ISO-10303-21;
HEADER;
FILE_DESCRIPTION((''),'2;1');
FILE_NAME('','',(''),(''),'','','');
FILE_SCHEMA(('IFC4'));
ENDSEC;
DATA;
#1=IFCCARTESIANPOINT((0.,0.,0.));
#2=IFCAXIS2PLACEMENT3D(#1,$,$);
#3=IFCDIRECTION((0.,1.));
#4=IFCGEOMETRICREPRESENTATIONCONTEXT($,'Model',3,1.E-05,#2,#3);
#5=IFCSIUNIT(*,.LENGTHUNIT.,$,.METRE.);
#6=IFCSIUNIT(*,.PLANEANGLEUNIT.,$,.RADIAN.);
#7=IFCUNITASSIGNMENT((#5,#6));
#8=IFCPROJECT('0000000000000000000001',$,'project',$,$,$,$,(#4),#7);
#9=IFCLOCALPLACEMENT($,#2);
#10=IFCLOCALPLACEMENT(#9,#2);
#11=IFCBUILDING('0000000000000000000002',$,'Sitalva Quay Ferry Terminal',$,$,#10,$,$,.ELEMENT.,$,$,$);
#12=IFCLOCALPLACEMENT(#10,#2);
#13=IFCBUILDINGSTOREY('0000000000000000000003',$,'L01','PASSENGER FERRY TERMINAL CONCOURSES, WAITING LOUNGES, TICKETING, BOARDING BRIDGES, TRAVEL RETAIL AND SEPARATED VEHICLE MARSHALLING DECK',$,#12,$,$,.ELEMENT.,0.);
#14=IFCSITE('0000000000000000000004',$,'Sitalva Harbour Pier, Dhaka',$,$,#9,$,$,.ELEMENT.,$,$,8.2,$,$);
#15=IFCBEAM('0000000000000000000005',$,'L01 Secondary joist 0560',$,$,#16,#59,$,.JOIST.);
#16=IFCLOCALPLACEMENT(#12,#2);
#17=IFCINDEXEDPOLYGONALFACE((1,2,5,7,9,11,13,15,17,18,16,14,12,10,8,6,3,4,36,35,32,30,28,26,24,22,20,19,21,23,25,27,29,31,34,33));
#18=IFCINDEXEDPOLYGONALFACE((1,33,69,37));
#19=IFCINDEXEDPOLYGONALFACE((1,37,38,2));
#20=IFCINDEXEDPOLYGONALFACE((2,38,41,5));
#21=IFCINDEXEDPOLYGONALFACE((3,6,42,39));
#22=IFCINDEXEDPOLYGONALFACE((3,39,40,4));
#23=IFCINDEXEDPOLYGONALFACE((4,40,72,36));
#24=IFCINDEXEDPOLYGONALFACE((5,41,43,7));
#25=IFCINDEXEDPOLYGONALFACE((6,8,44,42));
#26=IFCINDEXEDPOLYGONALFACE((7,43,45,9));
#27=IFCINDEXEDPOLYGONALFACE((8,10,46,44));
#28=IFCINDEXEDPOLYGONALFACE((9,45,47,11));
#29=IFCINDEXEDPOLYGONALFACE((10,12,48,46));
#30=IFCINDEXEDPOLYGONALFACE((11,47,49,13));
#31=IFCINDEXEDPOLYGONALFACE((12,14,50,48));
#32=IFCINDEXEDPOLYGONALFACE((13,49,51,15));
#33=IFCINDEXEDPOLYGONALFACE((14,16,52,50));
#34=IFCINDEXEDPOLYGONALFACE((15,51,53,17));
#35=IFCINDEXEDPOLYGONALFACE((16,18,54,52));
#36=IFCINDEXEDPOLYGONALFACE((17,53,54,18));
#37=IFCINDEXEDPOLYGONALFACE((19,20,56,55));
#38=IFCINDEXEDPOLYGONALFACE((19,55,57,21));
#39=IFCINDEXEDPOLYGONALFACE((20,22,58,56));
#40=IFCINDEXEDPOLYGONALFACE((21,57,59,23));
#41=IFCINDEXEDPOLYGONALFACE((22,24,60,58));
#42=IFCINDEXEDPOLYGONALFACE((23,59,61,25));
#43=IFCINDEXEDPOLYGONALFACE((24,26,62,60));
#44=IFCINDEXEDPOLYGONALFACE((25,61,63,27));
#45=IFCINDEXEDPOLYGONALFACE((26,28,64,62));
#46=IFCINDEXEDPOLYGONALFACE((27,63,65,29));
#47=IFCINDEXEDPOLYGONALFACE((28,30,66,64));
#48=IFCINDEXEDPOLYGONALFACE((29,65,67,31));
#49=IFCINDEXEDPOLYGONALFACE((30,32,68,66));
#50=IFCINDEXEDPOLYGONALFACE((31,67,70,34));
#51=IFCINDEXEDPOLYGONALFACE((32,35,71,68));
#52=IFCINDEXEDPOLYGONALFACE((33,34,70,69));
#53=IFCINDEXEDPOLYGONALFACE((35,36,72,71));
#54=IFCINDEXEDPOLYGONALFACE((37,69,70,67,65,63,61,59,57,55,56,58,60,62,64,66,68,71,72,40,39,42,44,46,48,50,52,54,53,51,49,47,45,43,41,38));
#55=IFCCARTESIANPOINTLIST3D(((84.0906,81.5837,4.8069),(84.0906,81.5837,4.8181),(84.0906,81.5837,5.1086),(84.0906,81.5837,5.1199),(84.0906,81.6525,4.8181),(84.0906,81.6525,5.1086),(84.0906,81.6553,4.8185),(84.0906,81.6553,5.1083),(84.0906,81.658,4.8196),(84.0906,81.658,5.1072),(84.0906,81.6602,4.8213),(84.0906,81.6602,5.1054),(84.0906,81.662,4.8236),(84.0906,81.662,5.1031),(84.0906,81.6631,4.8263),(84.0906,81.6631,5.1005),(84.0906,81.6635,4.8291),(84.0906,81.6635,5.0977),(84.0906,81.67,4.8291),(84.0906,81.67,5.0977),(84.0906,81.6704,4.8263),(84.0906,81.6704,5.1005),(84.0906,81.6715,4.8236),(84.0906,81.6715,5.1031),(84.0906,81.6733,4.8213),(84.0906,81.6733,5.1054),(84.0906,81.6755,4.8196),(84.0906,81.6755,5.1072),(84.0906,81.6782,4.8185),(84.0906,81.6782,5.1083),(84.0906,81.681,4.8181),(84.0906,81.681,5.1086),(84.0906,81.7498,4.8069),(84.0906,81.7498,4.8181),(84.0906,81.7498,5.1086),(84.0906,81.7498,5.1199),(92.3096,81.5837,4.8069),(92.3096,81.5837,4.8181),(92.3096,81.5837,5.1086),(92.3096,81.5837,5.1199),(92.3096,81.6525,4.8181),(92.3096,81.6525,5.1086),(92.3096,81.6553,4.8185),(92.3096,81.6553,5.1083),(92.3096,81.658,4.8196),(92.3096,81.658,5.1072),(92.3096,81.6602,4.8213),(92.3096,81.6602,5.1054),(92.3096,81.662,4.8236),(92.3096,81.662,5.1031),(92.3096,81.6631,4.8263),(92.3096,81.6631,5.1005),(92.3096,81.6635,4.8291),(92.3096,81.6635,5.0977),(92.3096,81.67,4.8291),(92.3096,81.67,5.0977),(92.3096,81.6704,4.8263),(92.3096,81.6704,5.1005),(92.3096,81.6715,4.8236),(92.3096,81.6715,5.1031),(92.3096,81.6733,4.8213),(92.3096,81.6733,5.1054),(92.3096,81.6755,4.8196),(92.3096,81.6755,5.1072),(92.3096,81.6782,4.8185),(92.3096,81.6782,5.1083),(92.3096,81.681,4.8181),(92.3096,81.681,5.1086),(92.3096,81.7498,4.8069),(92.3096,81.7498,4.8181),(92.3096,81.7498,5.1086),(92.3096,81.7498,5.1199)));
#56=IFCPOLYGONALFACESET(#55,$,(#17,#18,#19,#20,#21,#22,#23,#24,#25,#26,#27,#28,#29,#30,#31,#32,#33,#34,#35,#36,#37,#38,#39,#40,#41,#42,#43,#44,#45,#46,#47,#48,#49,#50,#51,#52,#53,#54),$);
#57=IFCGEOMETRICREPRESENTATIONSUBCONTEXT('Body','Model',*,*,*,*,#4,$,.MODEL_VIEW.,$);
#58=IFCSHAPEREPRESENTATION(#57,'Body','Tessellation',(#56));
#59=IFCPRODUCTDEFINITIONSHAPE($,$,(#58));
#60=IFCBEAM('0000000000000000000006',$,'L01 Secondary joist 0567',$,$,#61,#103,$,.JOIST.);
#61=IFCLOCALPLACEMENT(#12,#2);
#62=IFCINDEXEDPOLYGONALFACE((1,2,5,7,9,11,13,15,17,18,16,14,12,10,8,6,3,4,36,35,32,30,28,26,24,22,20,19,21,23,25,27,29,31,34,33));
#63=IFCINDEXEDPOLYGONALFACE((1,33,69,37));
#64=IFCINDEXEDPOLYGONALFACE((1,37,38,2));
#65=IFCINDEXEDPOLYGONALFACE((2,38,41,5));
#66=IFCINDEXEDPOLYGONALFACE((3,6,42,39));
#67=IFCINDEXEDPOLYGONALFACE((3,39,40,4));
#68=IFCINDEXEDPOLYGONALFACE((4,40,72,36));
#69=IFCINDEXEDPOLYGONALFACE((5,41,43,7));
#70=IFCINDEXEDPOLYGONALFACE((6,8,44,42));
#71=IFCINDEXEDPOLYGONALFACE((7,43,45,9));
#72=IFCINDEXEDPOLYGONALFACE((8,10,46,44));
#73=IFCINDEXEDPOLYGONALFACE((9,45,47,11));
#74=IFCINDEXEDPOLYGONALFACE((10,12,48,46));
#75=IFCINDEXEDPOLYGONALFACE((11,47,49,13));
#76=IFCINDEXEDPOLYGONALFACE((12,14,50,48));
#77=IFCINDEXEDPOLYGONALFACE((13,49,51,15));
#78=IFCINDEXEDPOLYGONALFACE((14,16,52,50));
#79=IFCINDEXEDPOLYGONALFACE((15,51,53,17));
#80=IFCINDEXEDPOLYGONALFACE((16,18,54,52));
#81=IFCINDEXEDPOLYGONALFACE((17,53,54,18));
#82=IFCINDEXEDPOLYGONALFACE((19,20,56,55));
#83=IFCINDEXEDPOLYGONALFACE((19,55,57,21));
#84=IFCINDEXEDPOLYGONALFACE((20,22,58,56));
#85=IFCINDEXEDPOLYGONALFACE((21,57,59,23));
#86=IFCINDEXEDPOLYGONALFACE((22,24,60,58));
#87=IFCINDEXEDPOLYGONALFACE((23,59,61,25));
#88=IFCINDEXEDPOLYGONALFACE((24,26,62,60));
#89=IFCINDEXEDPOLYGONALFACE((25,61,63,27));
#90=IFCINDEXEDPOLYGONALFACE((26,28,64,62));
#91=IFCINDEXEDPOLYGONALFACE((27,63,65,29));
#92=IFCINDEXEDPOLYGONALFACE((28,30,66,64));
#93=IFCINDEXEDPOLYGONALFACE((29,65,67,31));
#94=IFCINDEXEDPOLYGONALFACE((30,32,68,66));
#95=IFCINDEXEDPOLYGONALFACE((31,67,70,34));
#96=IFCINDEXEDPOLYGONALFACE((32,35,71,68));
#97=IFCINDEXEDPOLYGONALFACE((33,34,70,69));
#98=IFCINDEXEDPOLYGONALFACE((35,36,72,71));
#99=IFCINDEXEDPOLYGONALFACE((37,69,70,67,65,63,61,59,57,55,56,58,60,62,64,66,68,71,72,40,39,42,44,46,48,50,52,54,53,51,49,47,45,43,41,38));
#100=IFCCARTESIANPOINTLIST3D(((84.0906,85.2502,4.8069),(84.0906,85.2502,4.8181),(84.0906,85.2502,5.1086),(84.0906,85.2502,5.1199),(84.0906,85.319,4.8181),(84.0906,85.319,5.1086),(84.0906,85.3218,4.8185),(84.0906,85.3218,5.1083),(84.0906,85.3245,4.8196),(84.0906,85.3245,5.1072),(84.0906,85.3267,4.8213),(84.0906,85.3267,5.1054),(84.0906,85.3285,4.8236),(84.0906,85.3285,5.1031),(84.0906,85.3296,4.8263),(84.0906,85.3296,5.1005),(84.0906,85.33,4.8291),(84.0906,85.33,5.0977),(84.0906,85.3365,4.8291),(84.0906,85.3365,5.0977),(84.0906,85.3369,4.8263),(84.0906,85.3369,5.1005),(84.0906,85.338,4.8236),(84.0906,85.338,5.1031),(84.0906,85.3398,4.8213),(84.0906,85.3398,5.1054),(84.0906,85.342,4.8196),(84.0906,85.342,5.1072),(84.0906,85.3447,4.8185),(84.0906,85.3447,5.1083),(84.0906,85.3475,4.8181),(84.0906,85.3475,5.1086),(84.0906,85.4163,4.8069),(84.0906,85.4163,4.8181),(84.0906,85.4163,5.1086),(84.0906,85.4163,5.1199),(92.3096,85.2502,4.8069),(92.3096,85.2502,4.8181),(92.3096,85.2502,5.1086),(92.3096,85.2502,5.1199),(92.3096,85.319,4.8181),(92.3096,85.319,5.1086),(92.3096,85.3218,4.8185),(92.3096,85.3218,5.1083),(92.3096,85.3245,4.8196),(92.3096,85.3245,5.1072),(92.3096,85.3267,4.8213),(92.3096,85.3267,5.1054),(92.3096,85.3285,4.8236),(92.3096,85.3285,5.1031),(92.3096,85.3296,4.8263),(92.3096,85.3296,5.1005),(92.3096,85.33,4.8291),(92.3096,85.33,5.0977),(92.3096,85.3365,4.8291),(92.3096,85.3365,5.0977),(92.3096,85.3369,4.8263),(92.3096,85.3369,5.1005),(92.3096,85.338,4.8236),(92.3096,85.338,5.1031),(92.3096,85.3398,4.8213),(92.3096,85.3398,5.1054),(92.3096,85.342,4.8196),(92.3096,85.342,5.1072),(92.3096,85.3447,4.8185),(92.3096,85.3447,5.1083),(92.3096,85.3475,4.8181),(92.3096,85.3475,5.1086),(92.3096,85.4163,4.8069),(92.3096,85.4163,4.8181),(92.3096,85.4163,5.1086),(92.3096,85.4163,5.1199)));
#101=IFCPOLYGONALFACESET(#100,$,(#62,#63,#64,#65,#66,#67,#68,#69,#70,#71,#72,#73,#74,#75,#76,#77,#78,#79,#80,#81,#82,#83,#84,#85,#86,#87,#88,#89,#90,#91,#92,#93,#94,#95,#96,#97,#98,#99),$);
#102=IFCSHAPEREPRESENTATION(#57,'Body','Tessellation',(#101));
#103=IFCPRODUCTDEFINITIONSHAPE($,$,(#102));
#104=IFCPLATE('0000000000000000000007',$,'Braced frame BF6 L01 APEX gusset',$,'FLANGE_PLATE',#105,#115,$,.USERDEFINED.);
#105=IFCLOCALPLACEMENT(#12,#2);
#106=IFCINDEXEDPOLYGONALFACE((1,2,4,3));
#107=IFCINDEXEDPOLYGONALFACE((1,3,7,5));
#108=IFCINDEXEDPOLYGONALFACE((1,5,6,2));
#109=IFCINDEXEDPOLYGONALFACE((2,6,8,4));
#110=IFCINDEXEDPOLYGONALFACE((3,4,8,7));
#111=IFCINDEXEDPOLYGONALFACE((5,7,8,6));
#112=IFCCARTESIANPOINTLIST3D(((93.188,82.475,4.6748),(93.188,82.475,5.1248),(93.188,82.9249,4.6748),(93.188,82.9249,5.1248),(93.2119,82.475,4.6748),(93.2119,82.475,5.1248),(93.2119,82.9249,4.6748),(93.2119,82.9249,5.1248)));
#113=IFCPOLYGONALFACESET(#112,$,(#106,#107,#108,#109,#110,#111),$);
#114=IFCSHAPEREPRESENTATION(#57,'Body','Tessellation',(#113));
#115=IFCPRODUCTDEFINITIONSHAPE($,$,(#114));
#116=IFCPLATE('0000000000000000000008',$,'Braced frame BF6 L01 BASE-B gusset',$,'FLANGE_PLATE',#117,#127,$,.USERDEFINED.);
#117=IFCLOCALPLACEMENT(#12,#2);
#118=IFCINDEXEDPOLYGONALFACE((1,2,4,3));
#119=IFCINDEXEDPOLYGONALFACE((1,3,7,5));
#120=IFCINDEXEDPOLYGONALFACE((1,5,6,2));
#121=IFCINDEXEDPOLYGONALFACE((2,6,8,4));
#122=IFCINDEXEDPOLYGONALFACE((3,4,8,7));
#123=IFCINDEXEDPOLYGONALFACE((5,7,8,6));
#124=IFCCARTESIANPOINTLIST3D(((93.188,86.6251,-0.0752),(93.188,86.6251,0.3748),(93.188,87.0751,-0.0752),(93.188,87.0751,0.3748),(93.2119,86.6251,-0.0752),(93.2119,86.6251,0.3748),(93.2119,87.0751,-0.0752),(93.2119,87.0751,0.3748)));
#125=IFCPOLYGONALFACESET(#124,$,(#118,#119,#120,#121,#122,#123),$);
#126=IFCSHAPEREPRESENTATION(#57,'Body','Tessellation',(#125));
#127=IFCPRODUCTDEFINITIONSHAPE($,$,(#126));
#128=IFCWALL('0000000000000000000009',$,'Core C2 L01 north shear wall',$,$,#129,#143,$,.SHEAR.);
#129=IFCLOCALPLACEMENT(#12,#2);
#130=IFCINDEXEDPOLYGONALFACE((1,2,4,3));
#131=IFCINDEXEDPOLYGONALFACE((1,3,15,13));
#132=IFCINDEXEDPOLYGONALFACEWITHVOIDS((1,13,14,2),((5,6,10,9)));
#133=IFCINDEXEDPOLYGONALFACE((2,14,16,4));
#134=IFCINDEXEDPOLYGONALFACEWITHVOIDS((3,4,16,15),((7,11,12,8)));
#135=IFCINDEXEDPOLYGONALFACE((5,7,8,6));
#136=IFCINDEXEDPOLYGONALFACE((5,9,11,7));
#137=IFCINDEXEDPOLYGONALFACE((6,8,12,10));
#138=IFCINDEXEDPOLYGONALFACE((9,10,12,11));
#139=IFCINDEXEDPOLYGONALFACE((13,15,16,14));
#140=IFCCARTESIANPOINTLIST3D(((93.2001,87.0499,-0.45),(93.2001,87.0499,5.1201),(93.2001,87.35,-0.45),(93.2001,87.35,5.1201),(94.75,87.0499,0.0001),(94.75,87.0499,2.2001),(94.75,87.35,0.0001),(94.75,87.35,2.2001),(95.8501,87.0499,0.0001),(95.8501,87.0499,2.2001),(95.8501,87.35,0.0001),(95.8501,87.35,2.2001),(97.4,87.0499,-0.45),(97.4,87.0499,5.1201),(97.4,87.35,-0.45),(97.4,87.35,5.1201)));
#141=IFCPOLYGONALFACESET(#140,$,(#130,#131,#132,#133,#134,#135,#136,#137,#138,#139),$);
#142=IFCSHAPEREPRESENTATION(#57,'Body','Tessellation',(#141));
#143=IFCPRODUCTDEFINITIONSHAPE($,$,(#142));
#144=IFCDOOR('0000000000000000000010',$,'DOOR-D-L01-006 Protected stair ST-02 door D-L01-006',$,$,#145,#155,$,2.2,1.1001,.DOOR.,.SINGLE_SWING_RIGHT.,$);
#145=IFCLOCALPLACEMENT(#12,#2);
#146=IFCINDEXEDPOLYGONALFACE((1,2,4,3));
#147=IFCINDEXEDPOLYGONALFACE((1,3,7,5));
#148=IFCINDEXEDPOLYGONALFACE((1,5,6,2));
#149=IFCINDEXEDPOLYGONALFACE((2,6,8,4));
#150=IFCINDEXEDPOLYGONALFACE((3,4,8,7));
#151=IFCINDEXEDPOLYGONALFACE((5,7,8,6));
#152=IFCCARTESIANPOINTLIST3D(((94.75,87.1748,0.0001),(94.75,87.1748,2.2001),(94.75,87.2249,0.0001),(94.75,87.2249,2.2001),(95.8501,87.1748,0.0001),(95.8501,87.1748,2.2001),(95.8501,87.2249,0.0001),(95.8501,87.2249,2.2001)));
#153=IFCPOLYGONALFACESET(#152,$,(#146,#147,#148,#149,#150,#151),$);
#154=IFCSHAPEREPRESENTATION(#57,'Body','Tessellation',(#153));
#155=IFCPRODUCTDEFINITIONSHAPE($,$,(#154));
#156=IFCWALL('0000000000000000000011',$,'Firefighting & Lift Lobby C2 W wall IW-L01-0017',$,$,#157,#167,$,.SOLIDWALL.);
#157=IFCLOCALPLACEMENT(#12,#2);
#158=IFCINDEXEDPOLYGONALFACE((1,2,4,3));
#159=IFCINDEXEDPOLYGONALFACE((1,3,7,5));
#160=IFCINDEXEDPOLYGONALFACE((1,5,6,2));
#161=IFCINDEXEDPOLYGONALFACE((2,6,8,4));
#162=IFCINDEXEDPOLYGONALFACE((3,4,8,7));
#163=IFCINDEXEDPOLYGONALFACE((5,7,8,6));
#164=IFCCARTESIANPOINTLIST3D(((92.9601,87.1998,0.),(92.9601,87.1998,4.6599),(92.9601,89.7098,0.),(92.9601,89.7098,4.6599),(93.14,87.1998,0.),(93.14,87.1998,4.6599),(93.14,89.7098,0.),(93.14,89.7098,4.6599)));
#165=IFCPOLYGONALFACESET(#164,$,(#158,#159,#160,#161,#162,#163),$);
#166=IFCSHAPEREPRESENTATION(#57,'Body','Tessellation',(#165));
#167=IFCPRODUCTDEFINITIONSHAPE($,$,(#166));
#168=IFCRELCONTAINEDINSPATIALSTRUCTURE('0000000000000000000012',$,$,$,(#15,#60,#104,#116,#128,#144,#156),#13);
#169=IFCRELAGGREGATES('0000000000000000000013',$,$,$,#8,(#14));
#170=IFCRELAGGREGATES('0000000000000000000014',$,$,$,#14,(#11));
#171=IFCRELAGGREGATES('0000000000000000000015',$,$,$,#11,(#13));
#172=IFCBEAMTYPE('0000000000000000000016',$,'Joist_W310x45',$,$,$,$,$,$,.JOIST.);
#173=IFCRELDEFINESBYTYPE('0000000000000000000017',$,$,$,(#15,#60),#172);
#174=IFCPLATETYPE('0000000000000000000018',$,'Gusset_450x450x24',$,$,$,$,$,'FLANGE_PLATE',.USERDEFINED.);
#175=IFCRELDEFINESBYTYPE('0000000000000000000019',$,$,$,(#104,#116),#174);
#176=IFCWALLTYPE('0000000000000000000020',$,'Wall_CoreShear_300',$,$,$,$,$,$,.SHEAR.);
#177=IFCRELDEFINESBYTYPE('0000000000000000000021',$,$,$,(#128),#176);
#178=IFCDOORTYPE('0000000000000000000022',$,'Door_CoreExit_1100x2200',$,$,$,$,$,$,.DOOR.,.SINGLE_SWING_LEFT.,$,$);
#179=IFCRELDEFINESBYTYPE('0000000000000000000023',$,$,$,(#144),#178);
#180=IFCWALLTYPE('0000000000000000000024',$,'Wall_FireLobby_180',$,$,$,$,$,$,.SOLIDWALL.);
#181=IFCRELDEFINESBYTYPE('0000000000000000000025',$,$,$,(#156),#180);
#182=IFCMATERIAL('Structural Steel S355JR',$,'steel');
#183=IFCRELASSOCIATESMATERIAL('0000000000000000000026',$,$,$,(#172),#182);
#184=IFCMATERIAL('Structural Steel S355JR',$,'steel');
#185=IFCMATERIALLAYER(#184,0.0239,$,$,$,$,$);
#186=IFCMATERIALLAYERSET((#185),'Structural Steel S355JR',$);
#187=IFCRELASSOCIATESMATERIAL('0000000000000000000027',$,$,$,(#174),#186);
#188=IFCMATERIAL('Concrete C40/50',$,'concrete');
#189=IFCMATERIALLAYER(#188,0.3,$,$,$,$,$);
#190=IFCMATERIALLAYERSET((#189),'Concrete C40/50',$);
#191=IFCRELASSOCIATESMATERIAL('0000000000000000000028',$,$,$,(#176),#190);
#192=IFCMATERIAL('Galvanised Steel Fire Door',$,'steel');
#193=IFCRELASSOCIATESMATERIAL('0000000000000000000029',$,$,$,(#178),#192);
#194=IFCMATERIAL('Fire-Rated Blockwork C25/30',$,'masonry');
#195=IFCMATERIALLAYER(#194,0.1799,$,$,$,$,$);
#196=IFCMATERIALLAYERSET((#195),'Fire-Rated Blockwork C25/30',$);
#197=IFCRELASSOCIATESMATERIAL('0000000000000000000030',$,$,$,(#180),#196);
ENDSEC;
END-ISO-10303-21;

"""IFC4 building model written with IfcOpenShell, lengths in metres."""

from ifc_helpers import new_model, si_unit, direction, frame, frame_2d, origin, origin_2d, place, context, subcontext, project, spatial, rectangle, i_section, extrude, material, layer, layer_set, material_profile, profile_set, type_object, element, fill, save


model = new_model("IFC4")

# Units and contexts
model_context = context("Model", 3, precision=1e-05, world=origin(), true_north=direction((0.0, 1.0)))
body_context = subcontext(model_context, "Body", "Model", "MODEL_VIEW")
ifc_project = project(units=[si_unit("LENGTHUNIT", "METRE"), si_unit("PLANEANGLEUNIT", "RADIAN")], contexts=[model_context])

# Site, building, storey
site_placement = place(None, origin())
site = spatial("IfcSite", under=ifc_project, at=site_placement, Name="Sitalva Harbour Pier, Dhaka", CompositionType="ELEMENT", RefElevation=8.2)
building_placement = place(site_placement, origin())
building = spatial("IfcBuilding", under=site, at=building_placement, Name="Sitalva Quay Ferry Terminal", CompositionType="ELEMENT")
storey_placement = place(building_placement, origin())
storey = spatial("IfcBuildingStorey", under=building, at=storey_placement, Name="L01", Description="PASSENGER FERRY TERMINAL CONCOURSES, WAITING LOUNGES, TICKETING, BOARDING BRIDGES, TRAVEL RETAIL AND SEPARATED VEHICLE MARSHALLING DECK", CompositionType="ELEMENT", Elevation=0.0)

# Beams
ifc_material_1 = material(Name="Structural Steel S355JR", Category="steel")
ifc_material_profile_1 = material_profile(ifc_material_1, i_section(OverallWidth=0.166, OverallDepth=0.313, WebThickness=0.0066, FlangeThickness=0.0112, FilletRadius=0.011, at=origin_2d()), Name="W310x45")
ifc_profile_set_1 = profile_set([ifc_material_profile_1], Name="Structural Steel S355JR")
beam_type = type_object("IfcBeamType", Name="Joist_W310x45", PredefinedType="JOIST", material=ifc_profile_set_1)
for number, where, z_axis, x_axis, name in (
    (1, (84.0906, 81.6667, 4.9634), (1.0, 0.0, 0.0), (0.0, 1.0, 0.0), "L01 Secondary joist 0560"),
    (2, (84.0906, 85.3333, 4.9634), (1.0, 0.0, 0.0), (0.0, 1.0, 0.0), "L01 Secondary joist 0567"),
):
    element("IfcBeam", number, at=place(storey_placement, frame(where, z_axis=z_axis, x_axis=x_axis)), inside=storey, type_object=beam_type, Name=name, PredefinedType="JOIST", context=body_context, shape_type="SweptSolid", body=[
        extrude(i_section(OverallWidth=0.166, OverallDepth=0.313, WebThickness=0.0066, FlangeThickness=0.0112, FilletRadius=0.011, at=origin_2d()), origin(), (0.0, 0.0, 1.0), 8.219),
    ])

# Plates
ifc_material_2 = material(Name="Structural Steel S355JR", Category="steel")
ifc_layer_1 = layer(ifc_material_2, 0.0239)
ifc_layer_set_1 = layer_set([ifc_layer_1], Name="Structural Steel S355JR")
plate_type = type_object("IfcPlateType", Name="Gusset_450x450x24", ElementType="FLANGE_PLATE", PredefinedType="USERDEFINED", material=ifc_layer_set_1)
for number, where, z_axis, x_axis, name in (
    (3, (93.2, 82.7, 4.6748), (0.0, 0.0, 1.0), (1.0, 0.0, 0.0), "Braced frame BF6 L01 APEX gusset"),
    (4, (93.2, 86.8501, -0.0752), (0.0, 0.0, 1.0), (1.0, 0.0, 0.0), "Braced frame BF6 L01 BASE-B gusset"),
):
    element("IfcPlate", number, at=place(storey_placement, frame(where, z_axis=z_axis, x_axis=x_axis)), inside=storey, type_object=plate_type, Name=name, ObjectType="FLANGE_PLATE", PredefinedType="USERDEFINED", context=body_context, shape_type="SweptSolid", body=[
        extrude(rectangle(XDim=0.0239, YDim=0.45, at=origin_2d()), origin(), (0.0, 0.0, 1.0), 0.45),
    ])

# Wall, opening, door
ifc_material_3 = material(Name="Concrete C40/50", Category="concrete")
ifc_layer_2 = layer(ifc_material_3, 0.3)
ifc_layer_set_2 = layer_set([ifc_layer_2], Name="Concrete C40/50")
wall_type_1 = type_object("IfcWallType", Name="Wall_CoreShear_300", PredefinedType="SHEAR", material=ifc_layer_set_2)
wall_1_placement = place(storey_placement, frame((93.2, 87.2, -0.45), z_axis=(0.0, 0.0, 1.0), x_axis=(1.0, 0.0, 0.0)))
wall_1 = element("IfcWall", 5, at=wall_1_placement, inside=storey, type_object=wall_type_1, Name="Core C2 L01 north shear wall", PredefinedType="SHEAR", context=body_context, shape_type="SweptSolid", body=[
    extrude(rectangle(XDim=4.2, YDim=0.3, at=frame_2d((2.1001, 0.0))), origin(), (0.0, 0.0, 1.0), 5.5701),
])
opening_placement = place(wall_1_placement, frame((1.55, 0.0, 0.45)))
opening = element("IfcOpeningElement", 6, at=opening_placement, cuts=wall_1, PredefinedType="OPENING", context=body_context, shape_type="SweptSolid", body=[
    extrude(rectangle(XDim=1.1001, YDim=2.2, at=frame_2d((0.55, 1.1001))), frame((0.0, 0.1599, 0.0), z_axis=(0.0, -1.0, 0.0), x_axis=(1.0, 0.0, 0.0)), (0.0, 0.0, 1.0), 0.3201),
])
ifc_material_4 = material(Name="Galvanised Steel Fire Door", Category="steel")
door_type = type_object("IfcDoorType", Name="Door_CoreExit_1100x2200", OperationType="SINGLE_SWING_LEFT", PredefinedType="DOOR", material=ifc_material_4)
door_placement = place(opening_placement, origin())
door = element("IfcDoor", 7, at=door_placement, inside=storey, type_object=door_type, Name="DOOR-D-L01-006 Protected stair ST-02 door D-L01-006", OperationType="SINGLE_SWING_RIGHT", OverallHeight=2.2, OverallWidth=1.1001, PredefinedType="DOOR", context=body_context, shape_type="SweptSolid", body=[
    extrude(rectangle(XDim=1.1001, YDim=2.2, at=frame_2d((0.55, 1.1001))), frame((0.0, 0.0249, 0.0), z_axis=(0.0, -1.0, 0.0), x_axis=(1.0, 0.0, 0.0)), (0.0, 0.0, 1.0), 0.05),
])
fill(opening, door)

# Wall
ifc_material_5 = material(Name="Fire-Rated Blockwork C25/30", Category="masonry")
ifc_layer_3 = layer(ifc_material_5, 0.1799)
ifc_layer_set_3 = layer_set([ifc_layer_3], Name="Fire-Rated Blockwork C25/30")
wall_type_2 = type_object("IfcWallType", Name="Wall_FireLobby_180", PredefinedType="SOLIDWALL", material=ifc_layer_set_3)
wall_2_placement = place(storey_placement, frame((93.05, 87.2, 0.0), z_axis=(0.0, 0.0, 1.0), x_axis=(0.0, 1.0, 0.0)))
element("IfcWall", 8, at=wall_2_placement, inside=storey, type_object=wall_type_2, Name="Firefighting & Lift Lobby C2 W wall IW-L01-0017", PredefinedType="SOLIDWALL", context=body_context, shape_type="SweptSolid", body=[
    extrude(rectangle(XDim=2.51, YDim=0.1799, at=frame_2d((1.2549, 0.0))), origin(), (0.0, 0.0, 1.0), 4.6599),
])

save(model, "model.ifc")
